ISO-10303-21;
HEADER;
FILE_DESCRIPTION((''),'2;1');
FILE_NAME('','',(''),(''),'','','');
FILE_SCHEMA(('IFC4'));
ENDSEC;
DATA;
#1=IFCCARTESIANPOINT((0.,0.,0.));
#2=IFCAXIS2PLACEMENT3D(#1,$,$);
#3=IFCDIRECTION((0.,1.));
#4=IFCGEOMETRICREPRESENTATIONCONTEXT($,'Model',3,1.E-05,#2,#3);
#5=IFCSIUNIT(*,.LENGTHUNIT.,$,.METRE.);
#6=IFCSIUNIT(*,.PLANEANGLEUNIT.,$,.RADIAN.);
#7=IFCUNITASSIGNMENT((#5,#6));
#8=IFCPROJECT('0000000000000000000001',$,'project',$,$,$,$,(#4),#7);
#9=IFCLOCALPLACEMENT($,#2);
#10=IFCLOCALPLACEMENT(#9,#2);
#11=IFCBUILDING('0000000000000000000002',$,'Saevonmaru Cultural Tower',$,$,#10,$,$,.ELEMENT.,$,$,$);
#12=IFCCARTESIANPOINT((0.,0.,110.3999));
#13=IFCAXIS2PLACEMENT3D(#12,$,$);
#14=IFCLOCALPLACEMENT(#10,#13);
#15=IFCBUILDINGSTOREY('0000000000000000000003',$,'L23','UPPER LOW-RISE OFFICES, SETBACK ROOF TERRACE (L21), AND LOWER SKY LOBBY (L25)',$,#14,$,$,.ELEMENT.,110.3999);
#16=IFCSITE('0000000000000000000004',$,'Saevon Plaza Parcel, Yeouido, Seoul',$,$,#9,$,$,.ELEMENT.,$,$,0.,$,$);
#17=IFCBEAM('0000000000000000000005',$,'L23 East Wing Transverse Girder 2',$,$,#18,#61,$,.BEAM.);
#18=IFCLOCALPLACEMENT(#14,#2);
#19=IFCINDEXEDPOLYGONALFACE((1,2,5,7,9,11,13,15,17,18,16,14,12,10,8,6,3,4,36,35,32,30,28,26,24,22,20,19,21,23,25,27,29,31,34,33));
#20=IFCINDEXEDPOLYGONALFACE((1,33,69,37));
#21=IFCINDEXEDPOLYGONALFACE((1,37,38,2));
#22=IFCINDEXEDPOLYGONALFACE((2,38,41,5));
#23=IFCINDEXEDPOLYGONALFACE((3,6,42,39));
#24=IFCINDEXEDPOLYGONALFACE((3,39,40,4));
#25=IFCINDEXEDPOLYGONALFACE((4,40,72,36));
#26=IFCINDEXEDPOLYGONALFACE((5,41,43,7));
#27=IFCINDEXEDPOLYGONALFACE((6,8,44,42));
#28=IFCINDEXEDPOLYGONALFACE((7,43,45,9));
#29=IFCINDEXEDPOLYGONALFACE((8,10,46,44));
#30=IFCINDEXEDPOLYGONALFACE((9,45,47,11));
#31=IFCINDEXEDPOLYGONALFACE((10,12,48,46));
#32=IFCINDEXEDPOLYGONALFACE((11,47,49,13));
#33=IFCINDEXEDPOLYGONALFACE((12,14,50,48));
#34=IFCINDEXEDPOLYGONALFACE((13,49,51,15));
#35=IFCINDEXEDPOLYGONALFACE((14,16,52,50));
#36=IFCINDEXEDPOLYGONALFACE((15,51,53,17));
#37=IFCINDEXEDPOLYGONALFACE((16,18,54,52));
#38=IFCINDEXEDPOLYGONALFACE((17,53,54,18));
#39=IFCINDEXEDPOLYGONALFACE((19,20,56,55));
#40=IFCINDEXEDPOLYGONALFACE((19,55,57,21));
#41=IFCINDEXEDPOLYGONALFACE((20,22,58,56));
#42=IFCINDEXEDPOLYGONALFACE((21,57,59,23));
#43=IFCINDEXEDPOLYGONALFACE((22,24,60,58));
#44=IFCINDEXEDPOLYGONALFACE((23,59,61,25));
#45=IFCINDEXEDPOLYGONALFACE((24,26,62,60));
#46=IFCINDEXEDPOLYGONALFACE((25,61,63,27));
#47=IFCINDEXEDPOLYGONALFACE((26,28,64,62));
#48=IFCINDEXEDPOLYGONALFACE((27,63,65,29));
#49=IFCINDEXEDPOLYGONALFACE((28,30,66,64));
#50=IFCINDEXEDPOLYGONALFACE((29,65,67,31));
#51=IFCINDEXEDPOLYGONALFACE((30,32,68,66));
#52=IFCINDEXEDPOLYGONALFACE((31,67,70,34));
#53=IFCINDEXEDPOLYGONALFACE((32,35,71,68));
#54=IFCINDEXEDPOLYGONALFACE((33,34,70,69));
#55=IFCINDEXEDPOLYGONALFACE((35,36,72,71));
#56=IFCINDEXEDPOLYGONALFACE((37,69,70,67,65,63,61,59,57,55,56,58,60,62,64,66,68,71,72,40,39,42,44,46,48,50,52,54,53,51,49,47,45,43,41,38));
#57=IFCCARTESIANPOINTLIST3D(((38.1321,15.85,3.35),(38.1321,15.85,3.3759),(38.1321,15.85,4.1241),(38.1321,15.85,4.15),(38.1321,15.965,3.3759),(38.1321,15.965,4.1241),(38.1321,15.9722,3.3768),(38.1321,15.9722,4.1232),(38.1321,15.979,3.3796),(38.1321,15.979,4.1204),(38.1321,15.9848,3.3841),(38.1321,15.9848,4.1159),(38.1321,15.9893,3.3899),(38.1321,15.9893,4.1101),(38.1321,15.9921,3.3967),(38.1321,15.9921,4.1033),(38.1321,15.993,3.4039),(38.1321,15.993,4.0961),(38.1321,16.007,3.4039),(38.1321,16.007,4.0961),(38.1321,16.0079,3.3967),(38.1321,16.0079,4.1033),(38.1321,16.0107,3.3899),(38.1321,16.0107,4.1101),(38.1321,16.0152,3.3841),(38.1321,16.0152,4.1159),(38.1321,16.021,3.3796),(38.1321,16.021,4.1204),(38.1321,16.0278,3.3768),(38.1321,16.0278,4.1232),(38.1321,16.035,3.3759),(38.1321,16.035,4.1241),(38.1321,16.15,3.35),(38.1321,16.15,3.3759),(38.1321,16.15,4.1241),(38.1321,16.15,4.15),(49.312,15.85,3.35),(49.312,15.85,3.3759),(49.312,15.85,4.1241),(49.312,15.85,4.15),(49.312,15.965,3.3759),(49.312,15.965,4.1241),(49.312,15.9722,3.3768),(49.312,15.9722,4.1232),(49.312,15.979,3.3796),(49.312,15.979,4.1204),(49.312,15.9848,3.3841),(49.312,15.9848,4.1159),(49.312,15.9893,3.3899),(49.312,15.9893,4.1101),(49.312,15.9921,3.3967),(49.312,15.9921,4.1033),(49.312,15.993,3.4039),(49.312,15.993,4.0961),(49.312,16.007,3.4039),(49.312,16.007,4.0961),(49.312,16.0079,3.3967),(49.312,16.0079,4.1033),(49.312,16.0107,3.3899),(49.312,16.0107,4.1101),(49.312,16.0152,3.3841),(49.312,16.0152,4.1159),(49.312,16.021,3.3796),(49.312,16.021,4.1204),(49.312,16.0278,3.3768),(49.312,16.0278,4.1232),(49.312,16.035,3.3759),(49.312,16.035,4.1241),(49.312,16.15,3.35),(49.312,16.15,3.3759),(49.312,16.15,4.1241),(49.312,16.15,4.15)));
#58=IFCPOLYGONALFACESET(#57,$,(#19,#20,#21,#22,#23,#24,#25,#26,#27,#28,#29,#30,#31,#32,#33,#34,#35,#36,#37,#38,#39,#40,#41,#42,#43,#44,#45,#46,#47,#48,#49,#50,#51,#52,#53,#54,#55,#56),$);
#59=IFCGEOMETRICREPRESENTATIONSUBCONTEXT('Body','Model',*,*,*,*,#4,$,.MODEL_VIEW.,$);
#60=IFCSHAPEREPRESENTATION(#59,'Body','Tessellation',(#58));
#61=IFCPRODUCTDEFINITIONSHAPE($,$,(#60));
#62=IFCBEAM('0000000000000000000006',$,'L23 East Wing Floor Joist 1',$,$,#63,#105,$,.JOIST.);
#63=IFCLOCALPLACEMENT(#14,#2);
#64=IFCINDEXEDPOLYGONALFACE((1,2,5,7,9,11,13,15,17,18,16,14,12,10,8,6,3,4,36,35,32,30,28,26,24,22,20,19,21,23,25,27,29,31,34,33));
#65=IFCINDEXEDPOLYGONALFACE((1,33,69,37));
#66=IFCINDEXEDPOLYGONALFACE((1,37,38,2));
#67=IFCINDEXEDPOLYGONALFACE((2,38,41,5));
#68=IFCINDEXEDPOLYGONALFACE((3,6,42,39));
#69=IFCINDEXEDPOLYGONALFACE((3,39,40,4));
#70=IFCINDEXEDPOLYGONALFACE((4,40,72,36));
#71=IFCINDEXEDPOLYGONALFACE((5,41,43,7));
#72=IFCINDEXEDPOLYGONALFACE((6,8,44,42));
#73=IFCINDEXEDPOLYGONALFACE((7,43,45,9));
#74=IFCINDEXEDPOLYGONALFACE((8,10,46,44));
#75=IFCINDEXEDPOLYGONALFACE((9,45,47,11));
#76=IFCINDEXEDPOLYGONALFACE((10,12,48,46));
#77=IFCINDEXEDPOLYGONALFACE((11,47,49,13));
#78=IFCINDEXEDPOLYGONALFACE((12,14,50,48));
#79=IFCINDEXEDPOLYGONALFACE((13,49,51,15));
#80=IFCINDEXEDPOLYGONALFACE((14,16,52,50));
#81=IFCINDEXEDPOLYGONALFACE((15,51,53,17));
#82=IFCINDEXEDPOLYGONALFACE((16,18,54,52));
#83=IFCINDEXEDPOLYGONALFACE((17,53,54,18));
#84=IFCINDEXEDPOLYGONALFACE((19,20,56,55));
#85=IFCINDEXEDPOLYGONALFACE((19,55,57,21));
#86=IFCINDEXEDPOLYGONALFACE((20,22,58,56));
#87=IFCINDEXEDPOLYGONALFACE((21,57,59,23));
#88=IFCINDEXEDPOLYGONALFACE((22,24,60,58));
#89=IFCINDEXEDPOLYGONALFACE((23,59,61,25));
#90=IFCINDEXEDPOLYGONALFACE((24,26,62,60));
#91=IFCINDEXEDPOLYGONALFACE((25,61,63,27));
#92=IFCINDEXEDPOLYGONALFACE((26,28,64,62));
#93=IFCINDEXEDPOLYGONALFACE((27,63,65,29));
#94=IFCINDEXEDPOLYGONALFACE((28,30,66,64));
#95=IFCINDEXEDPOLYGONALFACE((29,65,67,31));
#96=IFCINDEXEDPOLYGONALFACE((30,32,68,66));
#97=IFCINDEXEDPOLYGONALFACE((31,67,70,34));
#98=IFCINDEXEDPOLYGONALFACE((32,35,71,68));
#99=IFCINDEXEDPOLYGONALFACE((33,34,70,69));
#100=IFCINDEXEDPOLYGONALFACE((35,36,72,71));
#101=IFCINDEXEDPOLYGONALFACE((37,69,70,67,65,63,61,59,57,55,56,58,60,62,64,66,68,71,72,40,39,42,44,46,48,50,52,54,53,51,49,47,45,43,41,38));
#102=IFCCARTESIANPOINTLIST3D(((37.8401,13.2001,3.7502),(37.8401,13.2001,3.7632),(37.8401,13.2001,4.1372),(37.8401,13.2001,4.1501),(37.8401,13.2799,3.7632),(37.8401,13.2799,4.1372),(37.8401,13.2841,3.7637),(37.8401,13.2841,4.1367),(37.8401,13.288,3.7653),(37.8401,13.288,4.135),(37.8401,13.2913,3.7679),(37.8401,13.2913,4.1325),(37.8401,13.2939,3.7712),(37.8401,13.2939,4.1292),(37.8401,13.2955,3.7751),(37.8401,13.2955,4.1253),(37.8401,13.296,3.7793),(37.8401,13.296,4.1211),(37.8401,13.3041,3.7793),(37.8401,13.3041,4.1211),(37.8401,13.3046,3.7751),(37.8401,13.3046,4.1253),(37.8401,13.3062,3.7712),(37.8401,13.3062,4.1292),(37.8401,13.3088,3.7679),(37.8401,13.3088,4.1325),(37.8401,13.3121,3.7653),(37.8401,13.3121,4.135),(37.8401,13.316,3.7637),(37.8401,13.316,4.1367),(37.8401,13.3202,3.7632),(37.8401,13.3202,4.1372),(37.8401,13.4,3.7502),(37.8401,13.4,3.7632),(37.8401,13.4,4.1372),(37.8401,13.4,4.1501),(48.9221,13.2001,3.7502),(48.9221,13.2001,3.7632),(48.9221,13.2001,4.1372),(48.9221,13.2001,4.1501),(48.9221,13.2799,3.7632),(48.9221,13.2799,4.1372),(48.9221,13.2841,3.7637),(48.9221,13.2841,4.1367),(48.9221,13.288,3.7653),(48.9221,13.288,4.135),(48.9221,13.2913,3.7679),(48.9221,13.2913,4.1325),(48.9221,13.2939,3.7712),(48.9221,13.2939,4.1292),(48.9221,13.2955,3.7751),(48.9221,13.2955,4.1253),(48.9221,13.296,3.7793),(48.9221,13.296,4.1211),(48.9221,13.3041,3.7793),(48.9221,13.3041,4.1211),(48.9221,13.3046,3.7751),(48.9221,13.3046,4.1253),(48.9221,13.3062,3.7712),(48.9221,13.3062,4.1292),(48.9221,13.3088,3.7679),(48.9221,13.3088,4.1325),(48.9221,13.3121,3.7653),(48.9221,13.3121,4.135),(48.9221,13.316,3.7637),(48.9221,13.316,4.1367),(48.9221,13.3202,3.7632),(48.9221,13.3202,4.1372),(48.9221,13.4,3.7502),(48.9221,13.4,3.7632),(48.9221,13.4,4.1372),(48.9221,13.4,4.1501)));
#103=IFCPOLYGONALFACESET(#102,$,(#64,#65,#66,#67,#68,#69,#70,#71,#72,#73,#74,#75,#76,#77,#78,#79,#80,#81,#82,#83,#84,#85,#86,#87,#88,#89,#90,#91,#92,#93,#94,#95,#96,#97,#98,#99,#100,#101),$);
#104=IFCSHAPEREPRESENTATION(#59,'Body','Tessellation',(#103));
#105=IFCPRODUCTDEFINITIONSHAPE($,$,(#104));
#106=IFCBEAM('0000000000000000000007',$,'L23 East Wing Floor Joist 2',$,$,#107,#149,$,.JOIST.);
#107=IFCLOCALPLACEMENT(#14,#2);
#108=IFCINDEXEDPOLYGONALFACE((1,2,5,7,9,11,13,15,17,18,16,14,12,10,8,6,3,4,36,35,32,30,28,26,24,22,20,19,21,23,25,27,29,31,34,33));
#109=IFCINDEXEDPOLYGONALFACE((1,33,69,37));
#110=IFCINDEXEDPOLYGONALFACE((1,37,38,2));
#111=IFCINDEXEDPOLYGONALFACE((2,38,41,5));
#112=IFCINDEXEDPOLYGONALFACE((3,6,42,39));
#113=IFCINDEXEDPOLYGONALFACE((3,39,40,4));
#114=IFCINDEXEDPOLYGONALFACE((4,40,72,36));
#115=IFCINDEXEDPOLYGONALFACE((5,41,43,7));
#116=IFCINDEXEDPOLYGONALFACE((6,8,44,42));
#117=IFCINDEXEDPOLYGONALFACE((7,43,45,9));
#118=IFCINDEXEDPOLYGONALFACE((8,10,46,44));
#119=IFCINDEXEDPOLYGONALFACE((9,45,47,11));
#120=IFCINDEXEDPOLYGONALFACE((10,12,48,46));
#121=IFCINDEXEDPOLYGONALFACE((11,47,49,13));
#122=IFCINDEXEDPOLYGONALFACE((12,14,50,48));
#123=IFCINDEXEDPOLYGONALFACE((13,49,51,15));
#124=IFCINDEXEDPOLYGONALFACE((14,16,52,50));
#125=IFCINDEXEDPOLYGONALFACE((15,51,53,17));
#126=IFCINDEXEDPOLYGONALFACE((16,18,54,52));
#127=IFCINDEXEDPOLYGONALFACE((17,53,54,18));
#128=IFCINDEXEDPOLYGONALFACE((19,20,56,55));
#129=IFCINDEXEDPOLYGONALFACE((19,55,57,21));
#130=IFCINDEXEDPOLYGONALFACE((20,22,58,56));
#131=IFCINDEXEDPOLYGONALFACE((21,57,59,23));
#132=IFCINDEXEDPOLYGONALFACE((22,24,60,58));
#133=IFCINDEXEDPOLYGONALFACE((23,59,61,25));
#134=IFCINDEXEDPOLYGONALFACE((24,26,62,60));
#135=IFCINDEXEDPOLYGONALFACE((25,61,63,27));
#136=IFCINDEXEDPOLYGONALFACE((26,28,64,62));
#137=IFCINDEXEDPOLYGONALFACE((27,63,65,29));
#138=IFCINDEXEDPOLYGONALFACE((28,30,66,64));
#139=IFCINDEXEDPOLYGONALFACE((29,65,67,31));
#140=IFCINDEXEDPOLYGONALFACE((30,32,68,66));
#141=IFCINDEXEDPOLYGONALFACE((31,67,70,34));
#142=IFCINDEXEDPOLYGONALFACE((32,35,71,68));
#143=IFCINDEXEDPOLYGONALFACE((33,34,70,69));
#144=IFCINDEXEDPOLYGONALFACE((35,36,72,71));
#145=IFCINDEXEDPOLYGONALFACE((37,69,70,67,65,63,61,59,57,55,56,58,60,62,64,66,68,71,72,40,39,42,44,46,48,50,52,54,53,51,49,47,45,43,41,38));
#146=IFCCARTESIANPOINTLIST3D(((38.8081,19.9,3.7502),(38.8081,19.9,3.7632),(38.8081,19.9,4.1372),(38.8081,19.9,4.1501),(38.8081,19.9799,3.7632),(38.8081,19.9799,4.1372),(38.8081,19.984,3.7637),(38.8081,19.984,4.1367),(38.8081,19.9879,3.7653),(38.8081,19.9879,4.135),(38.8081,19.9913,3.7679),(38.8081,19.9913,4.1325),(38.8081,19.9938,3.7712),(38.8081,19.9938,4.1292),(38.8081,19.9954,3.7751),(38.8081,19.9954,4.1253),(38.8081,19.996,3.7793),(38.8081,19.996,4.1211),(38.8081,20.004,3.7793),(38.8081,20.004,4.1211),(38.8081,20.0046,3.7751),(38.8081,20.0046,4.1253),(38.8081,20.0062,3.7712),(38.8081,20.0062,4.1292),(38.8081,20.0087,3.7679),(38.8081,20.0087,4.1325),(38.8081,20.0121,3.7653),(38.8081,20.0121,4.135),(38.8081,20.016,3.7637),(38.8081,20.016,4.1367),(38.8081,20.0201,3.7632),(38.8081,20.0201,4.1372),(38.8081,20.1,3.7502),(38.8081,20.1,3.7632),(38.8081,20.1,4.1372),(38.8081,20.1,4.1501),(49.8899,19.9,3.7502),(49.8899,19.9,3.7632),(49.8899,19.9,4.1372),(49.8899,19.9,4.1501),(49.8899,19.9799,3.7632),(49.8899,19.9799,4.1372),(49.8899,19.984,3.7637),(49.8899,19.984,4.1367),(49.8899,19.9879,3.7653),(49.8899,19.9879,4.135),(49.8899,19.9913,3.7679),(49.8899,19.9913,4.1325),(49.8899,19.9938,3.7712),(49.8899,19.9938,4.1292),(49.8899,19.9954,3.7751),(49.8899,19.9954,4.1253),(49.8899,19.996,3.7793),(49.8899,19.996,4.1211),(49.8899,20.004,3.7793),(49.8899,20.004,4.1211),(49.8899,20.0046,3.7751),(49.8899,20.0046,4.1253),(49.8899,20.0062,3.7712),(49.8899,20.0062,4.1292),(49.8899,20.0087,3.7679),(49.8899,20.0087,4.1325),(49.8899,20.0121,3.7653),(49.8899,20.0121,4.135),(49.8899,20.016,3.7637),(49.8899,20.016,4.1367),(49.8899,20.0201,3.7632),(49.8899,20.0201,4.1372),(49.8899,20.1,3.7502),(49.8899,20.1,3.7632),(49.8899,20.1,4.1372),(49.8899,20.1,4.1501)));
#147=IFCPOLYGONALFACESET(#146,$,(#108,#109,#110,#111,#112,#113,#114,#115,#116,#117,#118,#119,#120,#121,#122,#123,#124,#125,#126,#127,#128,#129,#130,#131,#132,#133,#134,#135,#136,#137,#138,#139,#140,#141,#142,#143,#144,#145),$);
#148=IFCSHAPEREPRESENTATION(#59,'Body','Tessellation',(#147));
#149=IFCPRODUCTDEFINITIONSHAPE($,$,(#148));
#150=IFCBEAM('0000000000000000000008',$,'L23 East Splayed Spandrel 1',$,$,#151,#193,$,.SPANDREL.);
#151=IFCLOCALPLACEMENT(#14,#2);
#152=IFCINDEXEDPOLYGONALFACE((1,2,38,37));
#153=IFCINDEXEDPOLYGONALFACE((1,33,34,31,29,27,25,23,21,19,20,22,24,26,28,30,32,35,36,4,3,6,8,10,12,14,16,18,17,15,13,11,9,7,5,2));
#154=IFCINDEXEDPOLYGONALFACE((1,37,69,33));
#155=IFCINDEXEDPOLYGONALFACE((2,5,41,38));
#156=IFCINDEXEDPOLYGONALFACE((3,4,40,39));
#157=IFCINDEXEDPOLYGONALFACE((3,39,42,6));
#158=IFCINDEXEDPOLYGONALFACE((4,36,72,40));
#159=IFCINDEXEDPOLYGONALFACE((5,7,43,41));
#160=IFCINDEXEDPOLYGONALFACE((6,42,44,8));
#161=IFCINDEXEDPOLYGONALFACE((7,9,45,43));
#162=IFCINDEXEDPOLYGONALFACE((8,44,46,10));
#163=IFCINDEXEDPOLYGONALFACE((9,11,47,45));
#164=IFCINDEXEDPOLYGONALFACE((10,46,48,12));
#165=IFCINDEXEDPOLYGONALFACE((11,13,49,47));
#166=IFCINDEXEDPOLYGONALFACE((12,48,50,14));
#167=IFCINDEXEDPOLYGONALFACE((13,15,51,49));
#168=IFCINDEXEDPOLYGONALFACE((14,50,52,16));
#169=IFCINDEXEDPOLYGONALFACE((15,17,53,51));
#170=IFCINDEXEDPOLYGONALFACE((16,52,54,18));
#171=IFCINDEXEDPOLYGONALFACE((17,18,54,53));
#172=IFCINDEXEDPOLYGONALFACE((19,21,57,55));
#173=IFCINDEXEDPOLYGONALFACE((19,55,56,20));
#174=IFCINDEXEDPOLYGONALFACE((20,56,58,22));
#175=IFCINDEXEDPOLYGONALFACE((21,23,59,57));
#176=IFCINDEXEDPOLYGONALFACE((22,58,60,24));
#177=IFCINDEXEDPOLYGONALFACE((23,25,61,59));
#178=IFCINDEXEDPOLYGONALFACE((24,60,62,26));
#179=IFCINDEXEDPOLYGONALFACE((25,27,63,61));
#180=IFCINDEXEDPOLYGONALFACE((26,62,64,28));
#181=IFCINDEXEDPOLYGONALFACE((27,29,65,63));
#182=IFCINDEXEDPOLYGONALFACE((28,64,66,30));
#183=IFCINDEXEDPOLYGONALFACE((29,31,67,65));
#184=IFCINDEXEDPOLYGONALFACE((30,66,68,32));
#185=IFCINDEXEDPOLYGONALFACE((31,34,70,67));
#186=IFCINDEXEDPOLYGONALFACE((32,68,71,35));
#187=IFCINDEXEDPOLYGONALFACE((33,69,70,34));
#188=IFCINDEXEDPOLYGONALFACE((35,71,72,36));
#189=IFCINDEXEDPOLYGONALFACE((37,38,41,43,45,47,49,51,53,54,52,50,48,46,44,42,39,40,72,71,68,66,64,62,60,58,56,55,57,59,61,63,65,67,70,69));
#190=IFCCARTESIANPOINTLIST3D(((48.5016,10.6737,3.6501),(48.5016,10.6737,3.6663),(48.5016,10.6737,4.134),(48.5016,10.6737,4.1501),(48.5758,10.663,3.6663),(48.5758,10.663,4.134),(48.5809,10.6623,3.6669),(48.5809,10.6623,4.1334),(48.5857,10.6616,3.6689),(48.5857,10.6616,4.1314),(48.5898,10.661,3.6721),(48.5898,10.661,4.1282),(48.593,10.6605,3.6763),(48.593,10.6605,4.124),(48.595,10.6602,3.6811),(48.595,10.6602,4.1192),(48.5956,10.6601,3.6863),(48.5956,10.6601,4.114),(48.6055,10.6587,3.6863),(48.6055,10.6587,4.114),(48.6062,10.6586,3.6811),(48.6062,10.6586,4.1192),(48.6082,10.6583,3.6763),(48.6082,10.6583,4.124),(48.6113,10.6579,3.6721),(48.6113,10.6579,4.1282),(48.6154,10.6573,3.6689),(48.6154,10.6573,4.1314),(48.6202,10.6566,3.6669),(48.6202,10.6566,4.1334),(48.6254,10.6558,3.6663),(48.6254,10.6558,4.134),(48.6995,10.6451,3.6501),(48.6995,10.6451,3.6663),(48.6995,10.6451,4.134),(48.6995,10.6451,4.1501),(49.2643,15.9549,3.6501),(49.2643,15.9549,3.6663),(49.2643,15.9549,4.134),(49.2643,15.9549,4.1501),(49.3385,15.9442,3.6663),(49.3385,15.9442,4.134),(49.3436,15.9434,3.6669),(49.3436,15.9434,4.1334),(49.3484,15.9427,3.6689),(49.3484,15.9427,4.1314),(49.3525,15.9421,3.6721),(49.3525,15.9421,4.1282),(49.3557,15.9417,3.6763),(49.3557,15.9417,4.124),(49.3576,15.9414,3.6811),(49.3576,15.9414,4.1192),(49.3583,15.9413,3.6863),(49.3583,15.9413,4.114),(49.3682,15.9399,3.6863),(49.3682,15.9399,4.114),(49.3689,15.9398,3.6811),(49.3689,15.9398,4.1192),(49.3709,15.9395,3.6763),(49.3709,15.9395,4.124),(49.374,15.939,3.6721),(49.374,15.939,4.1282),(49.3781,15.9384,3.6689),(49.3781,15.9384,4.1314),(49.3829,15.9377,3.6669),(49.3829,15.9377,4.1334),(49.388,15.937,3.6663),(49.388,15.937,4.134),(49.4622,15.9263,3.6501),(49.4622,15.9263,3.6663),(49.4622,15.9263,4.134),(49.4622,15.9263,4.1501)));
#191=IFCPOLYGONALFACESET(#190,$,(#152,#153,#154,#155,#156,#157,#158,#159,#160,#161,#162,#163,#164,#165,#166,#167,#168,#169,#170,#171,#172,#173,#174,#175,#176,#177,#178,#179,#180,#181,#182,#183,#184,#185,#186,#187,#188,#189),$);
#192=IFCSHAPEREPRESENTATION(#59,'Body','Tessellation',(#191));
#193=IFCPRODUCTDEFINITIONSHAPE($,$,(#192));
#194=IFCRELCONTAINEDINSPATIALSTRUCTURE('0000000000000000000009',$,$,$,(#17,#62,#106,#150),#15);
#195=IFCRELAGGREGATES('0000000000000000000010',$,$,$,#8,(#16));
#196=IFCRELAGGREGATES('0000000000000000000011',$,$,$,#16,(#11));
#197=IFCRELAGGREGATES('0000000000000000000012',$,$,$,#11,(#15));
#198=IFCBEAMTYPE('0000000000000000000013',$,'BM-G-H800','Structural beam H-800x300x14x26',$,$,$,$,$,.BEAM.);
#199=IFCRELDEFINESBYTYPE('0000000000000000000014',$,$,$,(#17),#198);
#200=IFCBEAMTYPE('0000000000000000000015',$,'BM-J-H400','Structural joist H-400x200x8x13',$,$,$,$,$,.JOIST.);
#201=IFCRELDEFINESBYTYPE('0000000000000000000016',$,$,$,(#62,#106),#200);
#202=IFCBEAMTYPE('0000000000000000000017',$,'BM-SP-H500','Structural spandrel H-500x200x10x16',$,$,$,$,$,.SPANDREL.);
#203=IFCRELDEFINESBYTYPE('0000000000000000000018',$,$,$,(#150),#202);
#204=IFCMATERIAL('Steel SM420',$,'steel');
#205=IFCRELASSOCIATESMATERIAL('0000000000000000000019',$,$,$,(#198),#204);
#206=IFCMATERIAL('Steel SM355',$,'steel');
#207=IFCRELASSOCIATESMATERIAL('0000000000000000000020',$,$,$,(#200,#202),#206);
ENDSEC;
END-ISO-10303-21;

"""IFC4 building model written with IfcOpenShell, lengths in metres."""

from ifc_helpers import new_model, si_unit, direction, frame, origin, origin_2d, place, context, subcontext, project, spatial, i_section, extrude, material, material_profile, profile_set, type_object, element, save


model = new_model("IFC4")

# Units and contexts
model_context = context("Model", 3, precision=1e-05, world=origin(), true_north=direction((0.0, 1.0)))
body_context = subcontext(model_context, "Body", "Model", "MODEL_VIEW")
ifc_project = project(units=[si_unit("LENGTHUNIT", "METRE"), si_unit("PLANEANGLEUNIT", "RADIAN")], contexts=[model_context])

# Site, building, storey
site_placement = place(None, origin())
site = spatial("IfcSite", under=ifc_project, at=site_placement, Name="Saevon Plaza Parcel, Yeouido, Seoul", CompositionType="ELEMENT", RefElevation=0.0)
building_placement = place(site_placement, origin())
building = spatial("IfcBuilding", under=site, at=building_placement, Name="Saevonmaru Cultural Tower", CompositionType="ELEMENT")
storey_placement = place(building_placement, frame((0.0, 0.0, 110.3999)))
storey = spatial("IfcBuildingStorey", under=building, at=storey_placement, Name="L23", Description="UPPER LOW-RISE OFFICES, SETBACK ROOF TERRACE (L21), AND LOWER SKY LOBBY (L25)", CompositionType="ELEMENT", Elevation=110.3999)

# Shared definitions
ifc_material_1 = material(Name="Steel SM420", Category="steel")
ifc_material_2 = material(Name="Steel SM355", Category="steel")

# Beams
ifc_material_profile_1 = material_profile(ifc_material_1, i_section(OverallWidth=0.3, OverallDepth=0.8, WebThickness=0.0139, FlangeThickness=0.0259, FilletRadius=0.0281, at=origin_2d()), Name="H-800x300x14x26")
ifc_profile_set_1 = profile_set([ifc_material_profile_1], Name="Steel SM420")
beam_type_1 = type_object("IfcBeamType", Name="BM-G-H800", Description="Structural beam H-800x300x14x26", PredefinedType="BEAM", material=ifc_profile_set_1)
for number, where, z_axis, x_axis, name in (
    (1, (38.1321, 16.0, 3.75), (1.0, 0.0, 0.0), (0.0, 1.0, 0.0), "L23 East Wing Transverse Girder 2"),
):
    element("IfcBeam", number, at=place(storey_placement, frame(where, z_axis=z_axis, x_axis=x_axis)), inside=storey, type_object=beam_type_1, Name=name, PredefinedType="BEAM", context=body_context, shape_type="SweptSolid", body=[
        extrude(i_section(OverallWidth=0.3, OverallDepth=0.8, WebThickness=0.0139, FlangeThickness=0.0259, FilletRadius=0.0281, at=origin_2d()), origin(), (0.0, 0.0, 1.0), 11.1799),
    ])
ifc_material_profile_2 = material_profile(ifc_material_2, i_section(OverallWidth=0.2, OverallDepth=0.3999, WebThickness=0.0081, FlangeThickness=0.0129, FilletRadius=0.0161, at=origin_2d()), Name="H-400x200x8x13")
ifc_profile_set_2 = profile_set([ifc_material_profile_2], Name="Steel SM355")
beam_type_2 = type_object("IfcBeamType", Name="BM-J-H400", Description="Structural joist H-400x200x8x13", PredefinedType="JOIST", material=ifc_profile_set_2)
beam_1_placement = place(storey_placement, frame((37.8401, 13.3, 3.9502), z_axis=(1.0, 0.0, 0.0), x_axis=(0.0, 1.0, 0.0)))
element("IfcBeam", 2, at=beam_1_placement, inside=storey, type_object=beam_type_2, Name="L23 East Wing Floor Joist 1", PredefinedType="JOIST", context=body_context, shape_type="SweptSolid", body=[
    extrude(i_section(OverallWidth=0.2, OverallDepth=0.3999, WebThickness=0.0081, FlangeThickness=0.0129, FilletRadius=0.0161, at=origin_2d()), origin(), (0.0, 0.0, 1.0), 11.082),
])
beam_2_placement = place(storey_placement, frame((38.8081, 20.0, 3.9502), z_axis=(1.0, 0.0, 0.0), x_axis=(0.0, 1.0, 0.0)))
element("IfcBeam", 3, at=beam_2_placement, inside=storey, type_object=beam_type_2, Name="L23 East Wing Floor Joist 2", PredefinedType="JOIST", context=body_context, shape_type="SweptSolid", body=[
    extrude(i_section(OverallWidth=0.2, OverallDepth=0.3999, WebThickness=0.0081, FlangeThickness=0.0129, FilletRadius=0.0161, at=origin_2d()), origin(), (0.0, 0.0, 1.0), 11.0818),
])
ifc_material_profile_3 = material_profile(ifc_material_2, i_section(OverallWidth=0.2, OverallDepth=0.5, WebThickness=0.01, FlangeThickness=0.0161, FilletRadius=0.02, at=origin_2d()), Name="H-500x200x10x16")
ifc_profile_set_3 = profile_set([ifc_material_profile_3], Name="Steel SM355")
beam_type_3 = type_object("IfcBeamType", Name="BM-SP-H500", Description="Structural spandrel H-500x200x10x16", PredefinedType="SPANDREL", material=ifc_profile_set_3)
beam_3_placement = place(storey_placement, frame((48.6006, 10.6594, 3.9001), z_axis=(0.142933, 0.989732, 0.0), x_axis=(-0.989732, 0.142933, 0.0)))
element("IfcBeam", 4, at=beam_3_placement, inside=storey, type_object=beam_type_3, Name="L23 East Splayed Spandrel 1", PredefinedType="SPANDREL", context=body_context, shape_type="SweptSolid", body=[
    extrude(i_section(OverallWidth=0.2, OverallDepth=0.5, WebThickness=0.01, FlangeThickness=0.0161, FilletRadius=0.02, at=origin_2d()), origin(), (0.0, 0.0, 1.0), 5.3359),
])

save(model, "model.ifc")
